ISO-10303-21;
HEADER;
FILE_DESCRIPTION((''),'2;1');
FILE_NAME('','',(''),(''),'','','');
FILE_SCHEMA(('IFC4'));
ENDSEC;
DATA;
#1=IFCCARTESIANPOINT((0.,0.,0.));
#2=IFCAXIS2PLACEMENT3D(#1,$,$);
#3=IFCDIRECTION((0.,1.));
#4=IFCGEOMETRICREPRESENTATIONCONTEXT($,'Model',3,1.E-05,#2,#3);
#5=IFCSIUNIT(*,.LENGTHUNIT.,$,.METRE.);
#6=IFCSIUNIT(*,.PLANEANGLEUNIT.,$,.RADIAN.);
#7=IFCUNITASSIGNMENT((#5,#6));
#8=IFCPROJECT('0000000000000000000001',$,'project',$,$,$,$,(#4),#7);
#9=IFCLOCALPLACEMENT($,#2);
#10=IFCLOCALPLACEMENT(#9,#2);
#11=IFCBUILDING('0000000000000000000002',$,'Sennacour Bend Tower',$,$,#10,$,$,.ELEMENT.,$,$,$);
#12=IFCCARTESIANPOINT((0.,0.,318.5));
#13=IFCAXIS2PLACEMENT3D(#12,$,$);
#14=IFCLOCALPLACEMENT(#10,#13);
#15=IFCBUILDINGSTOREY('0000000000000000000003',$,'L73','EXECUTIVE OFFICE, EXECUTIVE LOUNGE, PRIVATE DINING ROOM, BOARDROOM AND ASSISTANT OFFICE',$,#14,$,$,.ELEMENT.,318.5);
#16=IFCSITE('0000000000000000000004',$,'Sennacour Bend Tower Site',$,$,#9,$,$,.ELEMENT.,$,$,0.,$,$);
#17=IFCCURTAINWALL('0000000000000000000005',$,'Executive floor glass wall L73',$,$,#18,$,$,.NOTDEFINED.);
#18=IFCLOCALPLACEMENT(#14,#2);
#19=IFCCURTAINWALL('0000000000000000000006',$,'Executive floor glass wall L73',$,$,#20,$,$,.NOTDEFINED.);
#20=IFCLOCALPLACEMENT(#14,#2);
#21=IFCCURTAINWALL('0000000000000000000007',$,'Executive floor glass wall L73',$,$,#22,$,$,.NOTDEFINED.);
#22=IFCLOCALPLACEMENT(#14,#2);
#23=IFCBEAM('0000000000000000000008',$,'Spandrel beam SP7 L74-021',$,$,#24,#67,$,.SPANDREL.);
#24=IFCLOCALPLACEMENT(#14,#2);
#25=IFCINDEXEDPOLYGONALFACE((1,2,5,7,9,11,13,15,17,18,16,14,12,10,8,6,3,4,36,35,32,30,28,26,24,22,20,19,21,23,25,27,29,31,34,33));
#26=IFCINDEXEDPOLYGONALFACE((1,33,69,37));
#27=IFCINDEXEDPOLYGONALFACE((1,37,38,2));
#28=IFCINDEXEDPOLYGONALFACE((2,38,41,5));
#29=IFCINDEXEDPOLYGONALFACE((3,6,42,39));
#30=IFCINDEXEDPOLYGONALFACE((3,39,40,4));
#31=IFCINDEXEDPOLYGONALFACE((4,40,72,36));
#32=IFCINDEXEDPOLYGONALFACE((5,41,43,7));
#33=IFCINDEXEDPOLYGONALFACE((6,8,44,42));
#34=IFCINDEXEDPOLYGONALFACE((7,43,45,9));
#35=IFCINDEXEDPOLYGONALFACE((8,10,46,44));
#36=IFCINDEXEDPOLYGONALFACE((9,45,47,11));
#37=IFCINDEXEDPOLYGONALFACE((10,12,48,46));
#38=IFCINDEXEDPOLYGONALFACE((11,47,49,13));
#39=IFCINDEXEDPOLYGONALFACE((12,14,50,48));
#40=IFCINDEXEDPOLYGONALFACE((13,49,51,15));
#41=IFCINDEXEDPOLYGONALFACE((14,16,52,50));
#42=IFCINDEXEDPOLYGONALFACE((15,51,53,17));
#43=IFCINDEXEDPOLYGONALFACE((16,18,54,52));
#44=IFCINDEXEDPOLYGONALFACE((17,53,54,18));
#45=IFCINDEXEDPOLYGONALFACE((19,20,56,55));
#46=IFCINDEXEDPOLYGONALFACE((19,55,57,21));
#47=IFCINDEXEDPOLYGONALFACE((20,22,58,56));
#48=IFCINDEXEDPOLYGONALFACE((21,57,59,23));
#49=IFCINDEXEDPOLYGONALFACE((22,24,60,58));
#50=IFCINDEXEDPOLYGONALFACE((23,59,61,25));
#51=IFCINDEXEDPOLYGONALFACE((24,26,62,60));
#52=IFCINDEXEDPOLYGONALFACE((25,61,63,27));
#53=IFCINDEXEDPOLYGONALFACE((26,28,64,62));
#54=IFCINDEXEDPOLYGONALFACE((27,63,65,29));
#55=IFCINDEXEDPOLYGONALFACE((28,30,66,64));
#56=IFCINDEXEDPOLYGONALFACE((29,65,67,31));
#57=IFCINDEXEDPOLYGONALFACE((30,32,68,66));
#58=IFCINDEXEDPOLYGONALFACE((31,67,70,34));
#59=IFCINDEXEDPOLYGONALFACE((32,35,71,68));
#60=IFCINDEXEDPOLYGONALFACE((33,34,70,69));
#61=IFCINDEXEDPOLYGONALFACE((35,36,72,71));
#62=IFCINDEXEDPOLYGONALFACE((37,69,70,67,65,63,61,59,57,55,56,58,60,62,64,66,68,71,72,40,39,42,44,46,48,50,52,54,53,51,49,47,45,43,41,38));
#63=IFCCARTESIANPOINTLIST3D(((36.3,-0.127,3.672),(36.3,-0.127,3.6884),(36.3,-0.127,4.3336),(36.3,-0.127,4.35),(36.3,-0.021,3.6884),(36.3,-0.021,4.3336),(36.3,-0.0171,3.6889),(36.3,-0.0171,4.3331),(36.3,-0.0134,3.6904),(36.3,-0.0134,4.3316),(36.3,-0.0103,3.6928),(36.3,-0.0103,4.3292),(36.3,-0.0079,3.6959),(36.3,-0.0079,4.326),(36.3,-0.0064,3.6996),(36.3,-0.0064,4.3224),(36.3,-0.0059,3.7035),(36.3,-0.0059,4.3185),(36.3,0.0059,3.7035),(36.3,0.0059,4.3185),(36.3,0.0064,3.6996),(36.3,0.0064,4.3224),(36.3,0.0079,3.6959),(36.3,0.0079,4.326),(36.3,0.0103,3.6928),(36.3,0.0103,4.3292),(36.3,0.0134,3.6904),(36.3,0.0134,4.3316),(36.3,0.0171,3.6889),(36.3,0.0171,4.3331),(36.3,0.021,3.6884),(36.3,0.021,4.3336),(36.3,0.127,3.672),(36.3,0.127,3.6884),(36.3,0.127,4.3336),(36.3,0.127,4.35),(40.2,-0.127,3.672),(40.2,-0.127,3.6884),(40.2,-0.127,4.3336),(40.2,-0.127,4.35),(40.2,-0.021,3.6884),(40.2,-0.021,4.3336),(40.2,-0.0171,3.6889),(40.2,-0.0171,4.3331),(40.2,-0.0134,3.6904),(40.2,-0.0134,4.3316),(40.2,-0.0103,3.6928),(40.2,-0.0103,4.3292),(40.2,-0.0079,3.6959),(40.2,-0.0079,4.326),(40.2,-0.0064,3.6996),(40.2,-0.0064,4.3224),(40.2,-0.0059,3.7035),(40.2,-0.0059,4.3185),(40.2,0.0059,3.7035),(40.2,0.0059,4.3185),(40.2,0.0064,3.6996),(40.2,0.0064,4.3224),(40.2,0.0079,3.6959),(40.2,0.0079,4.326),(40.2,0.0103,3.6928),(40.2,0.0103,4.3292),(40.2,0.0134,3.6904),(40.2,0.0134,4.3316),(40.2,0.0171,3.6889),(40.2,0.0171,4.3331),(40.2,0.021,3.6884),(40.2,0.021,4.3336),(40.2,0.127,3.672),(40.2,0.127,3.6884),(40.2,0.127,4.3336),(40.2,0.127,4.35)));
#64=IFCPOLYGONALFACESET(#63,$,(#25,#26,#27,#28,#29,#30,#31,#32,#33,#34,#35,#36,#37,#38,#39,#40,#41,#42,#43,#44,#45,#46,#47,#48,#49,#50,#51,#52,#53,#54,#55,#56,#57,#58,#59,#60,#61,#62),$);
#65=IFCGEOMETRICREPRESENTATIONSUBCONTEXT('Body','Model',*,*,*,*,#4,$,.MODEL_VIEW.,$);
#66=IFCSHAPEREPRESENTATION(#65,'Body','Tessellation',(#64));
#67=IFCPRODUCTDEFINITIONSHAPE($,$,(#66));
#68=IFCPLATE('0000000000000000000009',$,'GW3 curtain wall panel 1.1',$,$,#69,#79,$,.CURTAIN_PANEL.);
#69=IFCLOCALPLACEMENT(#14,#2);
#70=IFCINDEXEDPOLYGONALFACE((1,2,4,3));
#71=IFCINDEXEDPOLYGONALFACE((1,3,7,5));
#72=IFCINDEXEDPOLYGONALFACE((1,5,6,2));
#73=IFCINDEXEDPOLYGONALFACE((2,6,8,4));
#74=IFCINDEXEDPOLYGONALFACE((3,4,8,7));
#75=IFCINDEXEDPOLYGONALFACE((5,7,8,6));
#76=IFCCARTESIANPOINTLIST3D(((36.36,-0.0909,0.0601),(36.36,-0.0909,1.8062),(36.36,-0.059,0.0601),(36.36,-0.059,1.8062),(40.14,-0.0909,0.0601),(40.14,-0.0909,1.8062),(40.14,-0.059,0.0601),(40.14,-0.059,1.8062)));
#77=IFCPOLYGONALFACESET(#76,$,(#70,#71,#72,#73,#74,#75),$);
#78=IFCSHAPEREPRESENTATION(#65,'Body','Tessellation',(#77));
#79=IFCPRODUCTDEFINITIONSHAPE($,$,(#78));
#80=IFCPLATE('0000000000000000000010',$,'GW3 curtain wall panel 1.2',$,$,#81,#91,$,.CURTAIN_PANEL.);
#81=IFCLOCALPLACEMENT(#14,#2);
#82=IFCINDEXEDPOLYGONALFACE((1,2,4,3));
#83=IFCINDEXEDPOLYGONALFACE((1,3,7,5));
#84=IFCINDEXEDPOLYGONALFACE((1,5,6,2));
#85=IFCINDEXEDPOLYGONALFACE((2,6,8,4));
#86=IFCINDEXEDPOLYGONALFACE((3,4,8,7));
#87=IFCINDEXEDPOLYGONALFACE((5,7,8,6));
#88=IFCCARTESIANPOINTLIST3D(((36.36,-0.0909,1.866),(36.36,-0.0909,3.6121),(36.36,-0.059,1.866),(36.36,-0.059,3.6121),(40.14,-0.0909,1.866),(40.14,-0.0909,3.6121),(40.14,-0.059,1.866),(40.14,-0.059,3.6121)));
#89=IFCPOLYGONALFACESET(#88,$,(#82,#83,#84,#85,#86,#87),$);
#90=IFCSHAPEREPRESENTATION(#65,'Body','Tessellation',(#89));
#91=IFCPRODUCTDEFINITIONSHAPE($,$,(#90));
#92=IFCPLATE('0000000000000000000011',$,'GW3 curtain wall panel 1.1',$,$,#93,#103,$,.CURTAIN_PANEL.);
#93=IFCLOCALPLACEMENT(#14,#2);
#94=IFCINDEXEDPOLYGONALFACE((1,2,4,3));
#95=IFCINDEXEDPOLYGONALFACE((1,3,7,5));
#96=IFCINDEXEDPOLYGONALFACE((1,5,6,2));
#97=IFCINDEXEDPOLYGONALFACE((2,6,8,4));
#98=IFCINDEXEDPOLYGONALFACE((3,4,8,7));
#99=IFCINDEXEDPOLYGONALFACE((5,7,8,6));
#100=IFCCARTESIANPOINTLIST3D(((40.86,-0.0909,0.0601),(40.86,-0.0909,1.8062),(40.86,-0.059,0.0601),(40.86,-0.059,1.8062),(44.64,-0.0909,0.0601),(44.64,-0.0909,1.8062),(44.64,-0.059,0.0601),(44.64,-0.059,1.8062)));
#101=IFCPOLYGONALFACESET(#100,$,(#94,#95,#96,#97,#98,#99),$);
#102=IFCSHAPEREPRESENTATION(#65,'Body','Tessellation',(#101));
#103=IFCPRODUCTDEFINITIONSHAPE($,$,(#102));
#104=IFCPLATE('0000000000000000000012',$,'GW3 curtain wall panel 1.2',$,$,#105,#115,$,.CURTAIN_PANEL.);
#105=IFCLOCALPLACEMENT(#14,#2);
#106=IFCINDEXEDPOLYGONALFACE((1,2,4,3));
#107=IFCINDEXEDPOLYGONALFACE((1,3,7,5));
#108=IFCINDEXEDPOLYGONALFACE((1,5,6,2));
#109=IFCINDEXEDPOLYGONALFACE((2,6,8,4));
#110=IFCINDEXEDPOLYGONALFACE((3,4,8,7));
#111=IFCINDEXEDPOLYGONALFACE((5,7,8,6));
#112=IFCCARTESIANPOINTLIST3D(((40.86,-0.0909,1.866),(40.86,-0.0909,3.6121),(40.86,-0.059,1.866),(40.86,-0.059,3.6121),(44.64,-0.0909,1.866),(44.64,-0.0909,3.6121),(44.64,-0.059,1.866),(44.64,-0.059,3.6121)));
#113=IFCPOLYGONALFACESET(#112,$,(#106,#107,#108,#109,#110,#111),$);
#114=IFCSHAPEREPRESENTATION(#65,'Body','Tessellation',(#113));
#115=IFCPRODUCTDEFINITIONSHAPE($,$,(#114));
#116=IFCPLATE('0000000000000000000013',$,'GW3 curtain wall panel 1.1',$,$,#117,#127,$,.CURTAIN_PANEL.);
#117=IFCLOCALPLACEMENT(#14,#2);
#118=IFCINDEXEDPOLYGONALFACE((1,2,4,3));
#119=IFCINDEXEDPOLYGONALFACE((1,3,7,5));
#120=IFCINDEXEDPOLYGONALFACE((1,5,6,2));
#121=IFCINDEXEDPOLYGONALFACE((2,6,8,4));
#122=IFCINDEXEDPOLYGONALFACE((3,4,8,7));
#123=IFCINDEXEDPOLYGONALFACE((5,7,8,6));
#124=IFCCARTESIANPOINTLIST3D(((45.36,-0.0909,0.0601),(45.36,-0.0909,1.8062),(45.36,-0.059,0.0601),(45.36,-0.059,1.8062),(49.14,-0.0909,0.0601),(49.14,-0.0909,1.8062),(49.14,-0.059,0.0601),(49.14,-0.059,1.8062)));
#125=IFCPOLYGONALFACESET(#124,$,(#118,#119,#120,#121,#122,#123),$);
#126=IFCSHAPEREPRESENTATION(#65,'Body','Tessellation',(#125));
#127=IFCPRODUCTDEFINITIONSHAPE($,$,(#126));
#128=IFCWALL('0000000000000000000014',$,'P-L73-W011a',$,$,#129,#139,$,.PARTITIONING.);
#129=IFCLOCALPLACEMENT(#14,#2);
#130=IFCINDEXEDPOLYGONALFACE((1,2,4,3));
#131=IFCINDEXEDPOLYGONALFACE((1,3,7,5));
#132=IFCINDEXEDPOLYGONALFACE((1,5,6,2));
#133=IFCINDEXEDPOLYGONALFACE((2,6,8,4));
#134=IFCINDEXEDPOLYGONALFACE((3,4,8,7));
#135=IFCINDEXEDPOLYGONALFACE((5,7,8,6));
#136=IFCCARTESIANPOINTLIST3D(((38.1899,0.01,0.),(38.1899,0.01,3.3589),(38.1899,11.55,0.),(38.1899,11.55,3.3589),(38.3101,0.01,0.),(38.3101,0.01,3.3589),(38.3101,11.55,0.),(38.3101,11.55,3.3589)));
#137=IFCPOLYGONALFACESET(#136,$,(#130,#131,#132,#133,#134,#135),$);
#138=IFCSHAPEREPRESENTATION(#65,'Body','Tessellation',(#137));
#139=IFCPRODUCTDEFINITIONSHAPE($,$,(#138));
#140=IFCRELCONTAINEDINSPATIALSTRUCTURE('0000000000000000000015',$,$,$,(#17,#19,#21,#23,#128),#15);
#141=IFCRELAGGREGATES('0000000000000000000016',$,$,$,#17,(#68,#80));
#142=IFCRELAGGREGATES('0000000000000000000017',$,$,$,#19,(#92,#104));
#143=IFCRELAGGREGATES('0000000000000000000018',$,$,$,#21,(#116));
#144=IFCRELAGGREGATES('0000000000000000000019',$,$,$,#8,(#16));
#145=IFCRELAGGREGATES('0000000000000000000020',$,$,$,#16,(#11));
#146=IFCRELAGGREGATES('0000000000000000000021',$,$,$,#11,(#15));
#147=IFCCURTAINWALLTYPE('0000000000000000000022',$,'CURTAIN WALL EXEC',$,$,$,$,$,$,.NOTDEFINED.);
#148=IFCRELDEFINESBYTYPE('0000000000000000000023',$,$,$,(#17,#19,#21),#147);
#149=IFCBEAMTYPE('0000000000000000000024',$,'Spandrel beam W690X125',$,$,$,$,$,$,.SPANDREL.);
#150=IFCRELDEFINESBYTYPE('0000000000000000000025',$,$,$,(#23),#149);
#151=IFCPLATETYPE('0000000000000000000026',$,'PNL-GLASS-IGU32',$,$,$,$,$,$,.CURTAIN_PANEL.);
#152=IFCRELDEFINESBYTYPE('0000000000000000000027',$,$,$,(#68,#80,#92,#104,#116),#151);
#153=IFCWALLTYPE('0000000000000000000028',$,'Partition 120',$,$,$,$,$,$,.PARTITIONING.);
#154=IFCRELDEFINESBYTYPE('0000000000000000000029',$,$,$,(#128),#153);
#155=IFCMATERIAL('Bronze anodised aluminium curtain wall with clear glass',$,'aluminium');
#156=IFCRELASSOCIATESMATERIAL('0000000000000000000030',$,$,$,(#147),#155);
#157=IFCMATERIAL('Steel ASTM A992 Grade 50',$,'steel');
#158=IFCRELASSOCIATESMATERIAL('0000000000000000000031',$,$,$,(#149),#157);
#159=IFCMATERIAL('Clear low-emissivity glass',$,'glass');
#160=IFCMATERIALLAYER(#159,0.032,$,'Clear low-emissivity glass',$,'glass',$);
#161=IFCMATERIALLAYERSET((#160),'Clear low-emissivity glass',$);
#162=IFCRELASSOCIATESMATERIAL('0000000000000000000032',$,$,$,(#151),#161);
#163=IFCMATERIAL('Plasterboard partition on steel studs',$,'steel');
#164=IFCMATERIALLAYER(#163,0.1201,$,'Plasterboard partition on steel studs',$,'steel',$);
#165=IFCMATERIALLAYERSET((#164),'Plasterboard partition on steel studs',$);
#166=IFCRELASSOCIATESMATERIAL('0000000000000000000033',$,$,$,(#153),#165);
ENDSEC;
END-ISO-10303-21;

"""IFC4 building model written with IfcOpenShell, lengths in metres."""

from ifc_helpers import new_model, si_unit, direction, frame, frame_2d, origin, origin_2d, place, context, subcontext, project, spatial, rectangle, i_section, extrude, material, layer, layer_set, material_profile, profile_set, type_object, element, aggregate, save


model = new_model("IFC4")

# Units and contexts
model_context = context("Model", 3, precision=1e-05, world=origin(), true_north=direction((0.0, 1.0)))
body_context = subcontext(model_context, "Body", "Model", "MODEL_VIEW")
ifc_project = project(units=[si_unit("LENGTHUNIT", "METRE"), si_unit("PLANEANGLEUNIT", "RADIAN")], contexts=[model_context])

# Site, building, storey
site_placement = place(None, origin())
site = spatial("IfcSite", under=ifc_project, at=site_placement, Name="Sennacour Bend Tower Site", CompositionType="ELEMENT", RefElevation=0.0)
building_placement = place(site_placement, origin())
building = spatial("IfcBuilding", under=site, at=building_placement, Name="Sennacour Bend Tower", CompositionType="ELEMENT")
storey_placement = place(building_placement, frame((0.0, 0.0, 318.5)))
storey = spatial("IfcBuildingStorey", under=building, at=storey_placement, Name="L73", Description="EXECUTIVE OFFICE, EXECUTIVE LOUNGE, PRIVATE DINING ROOM, BOARDROOM AND ASSISTANT OFFICE", CompositionType="ELEMENT", Elevation=318.5)

# Curtain wall
ifc_material_1 = material(Name="Bronze anodised aluminium curtain wall with clear glass", Category="aluminium")
curtain_wall_type = type_object("IfcCurtainWallType", Name="CURTAIN WALL EXEC", PredefinedType="NOTDEFINED", material=ifc_material_1)
curtain_wall_1_placement = place(storey_placement, origin())
curtain_wall_1 = element("IfcCurtainWall", 1, at=curtain_wall_1_placement, inside=storey, type_object=curtain_wall_type, Name="Executive floor glass wall L73", PredefinedType="NOTDEFINED")

# Curtain wall
curtain_wall_2_placement = place(storey_placement, origin())
curtain_wall_2 = element("IfcCurtainWall", 2, at=curtain_wall_2_placement, inside=storey, type_object=curtain_wall_type, Name="Executive floor glass wall L73", PredefinedType="NOTDEFINED")

# Curtain wall
curtain_wall_3_placement = place(storey_placement, origin())
curtain_wall_3 = element("IfcCurtainWall", 3, at=curtain_wall_3_placement, inside=storey, type_object=curtain_wall_type, Name="Executive floor glass wall L73", PredefinedType="NOTDEFINED")

# Beam
ifc_material_2 = material(Name="Steel ASTM A992 Grade 50", Category="steel")
ifc_material_profile_1 = material_profile(ifc_material_2, i_section(OverallWidth=0.2539, OverallDepth=0.678, WebThickness=0.0117, FlangeThickness=0.0164, FilletRadius=0.0151, at=origin_2d()), Name="Steel ASTM A992 Grade 50", Category="steel")
ifc_profile_set_1 = profile_set([ifc_material_profile_1], Name="Steel ASTM A992 Grade 50")
beam_type_1 = type_object("IfcBeamType", Name="Spandrel beam W690X125", PredefinedType="SPANDREL", material=ifc_profile_set_1)
for number, where, z_axis, x_axis, name in (
    (4, (40.2, 0.0, 4.011), (-1.0, 0.0, 0.0), (0.0, -1.0, 0.0), "Spandrel beam SP7 L74-021"),
):
    element("IfcBeam", number, at=place(storey_placement, frame(where, z_axis=z_axis, x_axis=x_axis)), inside=storey, type_object=beam_type_1, Name=name, PredefinedType="SPANDREL", context=body_context, shape_type="SweptSolid", body=[
        extrude(i_section(OverallWidth=0.2539, OverallDepth=0.678, WebThickness=0.0117, FlangeThickness=0.0164, FilletRadius=0.0151, at=origin_2d()), origin(), (0.0, 0.0, 1.0), 3.8999),
    ])

# Plates
ifc_material_3 = material(Name="Clear low-emissivity glass", Category="glass")
ifc_layer_1 = layer(ifc_material_3, 0.032, Name="Clear low-emissivity glass", Category="glass")
ifc_layer_set_1 = layer_set([ifc_layer_1], Name="Clear low-emissivity glass")
plate_type = type_object("IfcPlateType", Name="PNL-GLASS-IGU32", PredefinedType="CURTAIN_PANEL", material=ifc_layer_set_1)
plate_1_placement = place(storey_placement, frame((38.25, -0.075, 0.0601), z_axis=(0.0, 0.0, 1.0), x_axis=(1.0, 0.0, 0.0)))
plate_1 = element("IfcPlate", 5, at=plate_1_placement, type_object=plate_type, Name="GW3 curtain wall panel 1.1", PredefinedType="CURTAIN_PANEL", context=body_context, shape_type="SweptSolid", body=[
    extrude(rectangle(XDim=3.78, YDim=0.032, at=origin_2d()), origin(), (0.0, 0.0, 1.0), 1.7461),
])
plate_2_placement = place(storey_placement, frame((38.25, -0.075, 1.866), z_axis=(0.0, 0.0, 1.0), x_axis=(1.0, 0.0, 0.0)))
plate_2 = element("IfcPlate", 6, at=plate_2_placement, type_object=plate_type, Name="GW3 curtain wall panel 1.2", PredefinedType="CURTAIN_PANEL", context=body_context, shape_type="SweptSolid", body=[
    extrude(rectangle(XDim=3.78, YDim=0.032, at=origin_2d()), origin(), (0.0, 0.0, 1.0), 1.7461),
])
aggregate(curtain_wall_1, [plate_1, plate_2])
plate_3_placement = place(storey_placement, frame((42.75, -0.075, 0.0601), z_axis=(0.0, 0.0, 1.0), x_axis=(1.0, 0.0, 0.0)))
plate_3 = element("IfcPlate", 7, at=plate_3_placement, type_object=plate_type, Name="GW3 curtain wall panel 1.1", PredefinedType="CURTAIN_PANEL", context=body_context, shape_type="SweptSolid", body=[
    extrude(rectangle(XDim=3.78, YDim=0.032, at=origin_2d()), origin(), (0.0, 0.0, 1.0), 1.7461),
])
plate_4_placement = place(storey_placement, frame((42.75, -0.075, 1.866), z_axis=(0.0, 0.0, 1.0), x_axis=(1.0, 0.0, 0.0)))
plate_4 = element("IfcPlate", 8, at=plate_4_placement, type_object=plate_type, Name="GW3 curtain wall panel 1.2", PredefinedType="CURTAIN_PANEL", context=body_context, shape_type="SweptSolid", body=[
    extrude(rectangle(XDim=3.78, YDim=0.032, at=origin_2d()), origin(), (0.0, 0.0, 1.0), 1.7461),
])
aggregate(curtain_wall_2, [plate_3, plate_4])
plate_5_placement = place(storey_placement, frame((47.25, -0.075, 0.0601), z_axis=(0.0, 0.0, 1.0), x_axis=(1.0, 0.0, 0.0)))
plate_5 = element("IfcPlate", 9, at=plate_5_placement, type_object=plate_type, Name="GW3 curtain wall panel 1.1", PredefinedType="CURTAIN_PANEL", context=body_context, shape_type="SweptSolid", body=[
    extrude(rectangle(XDim=3.78, YDim=0.032, at=origin_2d()), origin(), (0.0, 0.0, 1.0), 1.7461),
])
aggregate(curtain_wall_3, [plate_5])

# Wall
ifc_material_4 = material(Name="Plasterboard partition on steel studs", Category="steel")
ifc_layer_2 = layer(ifc_material_4, 0.1201, Name="Plasterboard partition on steel studs", Category="steel")
ifc_layer_set_2 = layer_set([ifc_layer_2], Name="Plasterboard partition on steel studs")
wall_type = type_object("IfcWallType", Name="Partition 120", PredefinedType="PARTITIONING", material=ifc_layer_set_2)
wall_placement = place(storey_placement, frame((38.25, 0.01, 0.0), z_axis=(0.0, 0.0, 1.0), x_axis=(0.0, 1.0, 0.0)))
element("IfcWall", 10, at=wall_placement, inside=storey, type_object=wall_type, Name="P-L73-W011a", PredefinedType="PARTITIONING", context=body_context, shape_type="SweptSolid", body=[
    extrude(rectangle(XDim=11.54, YDim=0.1201, at=frame_2d((5.77, 0.0))), origin(), (0.0, 0.0, 1.0), 3.3589),
])

save(model, "model.ifc")
